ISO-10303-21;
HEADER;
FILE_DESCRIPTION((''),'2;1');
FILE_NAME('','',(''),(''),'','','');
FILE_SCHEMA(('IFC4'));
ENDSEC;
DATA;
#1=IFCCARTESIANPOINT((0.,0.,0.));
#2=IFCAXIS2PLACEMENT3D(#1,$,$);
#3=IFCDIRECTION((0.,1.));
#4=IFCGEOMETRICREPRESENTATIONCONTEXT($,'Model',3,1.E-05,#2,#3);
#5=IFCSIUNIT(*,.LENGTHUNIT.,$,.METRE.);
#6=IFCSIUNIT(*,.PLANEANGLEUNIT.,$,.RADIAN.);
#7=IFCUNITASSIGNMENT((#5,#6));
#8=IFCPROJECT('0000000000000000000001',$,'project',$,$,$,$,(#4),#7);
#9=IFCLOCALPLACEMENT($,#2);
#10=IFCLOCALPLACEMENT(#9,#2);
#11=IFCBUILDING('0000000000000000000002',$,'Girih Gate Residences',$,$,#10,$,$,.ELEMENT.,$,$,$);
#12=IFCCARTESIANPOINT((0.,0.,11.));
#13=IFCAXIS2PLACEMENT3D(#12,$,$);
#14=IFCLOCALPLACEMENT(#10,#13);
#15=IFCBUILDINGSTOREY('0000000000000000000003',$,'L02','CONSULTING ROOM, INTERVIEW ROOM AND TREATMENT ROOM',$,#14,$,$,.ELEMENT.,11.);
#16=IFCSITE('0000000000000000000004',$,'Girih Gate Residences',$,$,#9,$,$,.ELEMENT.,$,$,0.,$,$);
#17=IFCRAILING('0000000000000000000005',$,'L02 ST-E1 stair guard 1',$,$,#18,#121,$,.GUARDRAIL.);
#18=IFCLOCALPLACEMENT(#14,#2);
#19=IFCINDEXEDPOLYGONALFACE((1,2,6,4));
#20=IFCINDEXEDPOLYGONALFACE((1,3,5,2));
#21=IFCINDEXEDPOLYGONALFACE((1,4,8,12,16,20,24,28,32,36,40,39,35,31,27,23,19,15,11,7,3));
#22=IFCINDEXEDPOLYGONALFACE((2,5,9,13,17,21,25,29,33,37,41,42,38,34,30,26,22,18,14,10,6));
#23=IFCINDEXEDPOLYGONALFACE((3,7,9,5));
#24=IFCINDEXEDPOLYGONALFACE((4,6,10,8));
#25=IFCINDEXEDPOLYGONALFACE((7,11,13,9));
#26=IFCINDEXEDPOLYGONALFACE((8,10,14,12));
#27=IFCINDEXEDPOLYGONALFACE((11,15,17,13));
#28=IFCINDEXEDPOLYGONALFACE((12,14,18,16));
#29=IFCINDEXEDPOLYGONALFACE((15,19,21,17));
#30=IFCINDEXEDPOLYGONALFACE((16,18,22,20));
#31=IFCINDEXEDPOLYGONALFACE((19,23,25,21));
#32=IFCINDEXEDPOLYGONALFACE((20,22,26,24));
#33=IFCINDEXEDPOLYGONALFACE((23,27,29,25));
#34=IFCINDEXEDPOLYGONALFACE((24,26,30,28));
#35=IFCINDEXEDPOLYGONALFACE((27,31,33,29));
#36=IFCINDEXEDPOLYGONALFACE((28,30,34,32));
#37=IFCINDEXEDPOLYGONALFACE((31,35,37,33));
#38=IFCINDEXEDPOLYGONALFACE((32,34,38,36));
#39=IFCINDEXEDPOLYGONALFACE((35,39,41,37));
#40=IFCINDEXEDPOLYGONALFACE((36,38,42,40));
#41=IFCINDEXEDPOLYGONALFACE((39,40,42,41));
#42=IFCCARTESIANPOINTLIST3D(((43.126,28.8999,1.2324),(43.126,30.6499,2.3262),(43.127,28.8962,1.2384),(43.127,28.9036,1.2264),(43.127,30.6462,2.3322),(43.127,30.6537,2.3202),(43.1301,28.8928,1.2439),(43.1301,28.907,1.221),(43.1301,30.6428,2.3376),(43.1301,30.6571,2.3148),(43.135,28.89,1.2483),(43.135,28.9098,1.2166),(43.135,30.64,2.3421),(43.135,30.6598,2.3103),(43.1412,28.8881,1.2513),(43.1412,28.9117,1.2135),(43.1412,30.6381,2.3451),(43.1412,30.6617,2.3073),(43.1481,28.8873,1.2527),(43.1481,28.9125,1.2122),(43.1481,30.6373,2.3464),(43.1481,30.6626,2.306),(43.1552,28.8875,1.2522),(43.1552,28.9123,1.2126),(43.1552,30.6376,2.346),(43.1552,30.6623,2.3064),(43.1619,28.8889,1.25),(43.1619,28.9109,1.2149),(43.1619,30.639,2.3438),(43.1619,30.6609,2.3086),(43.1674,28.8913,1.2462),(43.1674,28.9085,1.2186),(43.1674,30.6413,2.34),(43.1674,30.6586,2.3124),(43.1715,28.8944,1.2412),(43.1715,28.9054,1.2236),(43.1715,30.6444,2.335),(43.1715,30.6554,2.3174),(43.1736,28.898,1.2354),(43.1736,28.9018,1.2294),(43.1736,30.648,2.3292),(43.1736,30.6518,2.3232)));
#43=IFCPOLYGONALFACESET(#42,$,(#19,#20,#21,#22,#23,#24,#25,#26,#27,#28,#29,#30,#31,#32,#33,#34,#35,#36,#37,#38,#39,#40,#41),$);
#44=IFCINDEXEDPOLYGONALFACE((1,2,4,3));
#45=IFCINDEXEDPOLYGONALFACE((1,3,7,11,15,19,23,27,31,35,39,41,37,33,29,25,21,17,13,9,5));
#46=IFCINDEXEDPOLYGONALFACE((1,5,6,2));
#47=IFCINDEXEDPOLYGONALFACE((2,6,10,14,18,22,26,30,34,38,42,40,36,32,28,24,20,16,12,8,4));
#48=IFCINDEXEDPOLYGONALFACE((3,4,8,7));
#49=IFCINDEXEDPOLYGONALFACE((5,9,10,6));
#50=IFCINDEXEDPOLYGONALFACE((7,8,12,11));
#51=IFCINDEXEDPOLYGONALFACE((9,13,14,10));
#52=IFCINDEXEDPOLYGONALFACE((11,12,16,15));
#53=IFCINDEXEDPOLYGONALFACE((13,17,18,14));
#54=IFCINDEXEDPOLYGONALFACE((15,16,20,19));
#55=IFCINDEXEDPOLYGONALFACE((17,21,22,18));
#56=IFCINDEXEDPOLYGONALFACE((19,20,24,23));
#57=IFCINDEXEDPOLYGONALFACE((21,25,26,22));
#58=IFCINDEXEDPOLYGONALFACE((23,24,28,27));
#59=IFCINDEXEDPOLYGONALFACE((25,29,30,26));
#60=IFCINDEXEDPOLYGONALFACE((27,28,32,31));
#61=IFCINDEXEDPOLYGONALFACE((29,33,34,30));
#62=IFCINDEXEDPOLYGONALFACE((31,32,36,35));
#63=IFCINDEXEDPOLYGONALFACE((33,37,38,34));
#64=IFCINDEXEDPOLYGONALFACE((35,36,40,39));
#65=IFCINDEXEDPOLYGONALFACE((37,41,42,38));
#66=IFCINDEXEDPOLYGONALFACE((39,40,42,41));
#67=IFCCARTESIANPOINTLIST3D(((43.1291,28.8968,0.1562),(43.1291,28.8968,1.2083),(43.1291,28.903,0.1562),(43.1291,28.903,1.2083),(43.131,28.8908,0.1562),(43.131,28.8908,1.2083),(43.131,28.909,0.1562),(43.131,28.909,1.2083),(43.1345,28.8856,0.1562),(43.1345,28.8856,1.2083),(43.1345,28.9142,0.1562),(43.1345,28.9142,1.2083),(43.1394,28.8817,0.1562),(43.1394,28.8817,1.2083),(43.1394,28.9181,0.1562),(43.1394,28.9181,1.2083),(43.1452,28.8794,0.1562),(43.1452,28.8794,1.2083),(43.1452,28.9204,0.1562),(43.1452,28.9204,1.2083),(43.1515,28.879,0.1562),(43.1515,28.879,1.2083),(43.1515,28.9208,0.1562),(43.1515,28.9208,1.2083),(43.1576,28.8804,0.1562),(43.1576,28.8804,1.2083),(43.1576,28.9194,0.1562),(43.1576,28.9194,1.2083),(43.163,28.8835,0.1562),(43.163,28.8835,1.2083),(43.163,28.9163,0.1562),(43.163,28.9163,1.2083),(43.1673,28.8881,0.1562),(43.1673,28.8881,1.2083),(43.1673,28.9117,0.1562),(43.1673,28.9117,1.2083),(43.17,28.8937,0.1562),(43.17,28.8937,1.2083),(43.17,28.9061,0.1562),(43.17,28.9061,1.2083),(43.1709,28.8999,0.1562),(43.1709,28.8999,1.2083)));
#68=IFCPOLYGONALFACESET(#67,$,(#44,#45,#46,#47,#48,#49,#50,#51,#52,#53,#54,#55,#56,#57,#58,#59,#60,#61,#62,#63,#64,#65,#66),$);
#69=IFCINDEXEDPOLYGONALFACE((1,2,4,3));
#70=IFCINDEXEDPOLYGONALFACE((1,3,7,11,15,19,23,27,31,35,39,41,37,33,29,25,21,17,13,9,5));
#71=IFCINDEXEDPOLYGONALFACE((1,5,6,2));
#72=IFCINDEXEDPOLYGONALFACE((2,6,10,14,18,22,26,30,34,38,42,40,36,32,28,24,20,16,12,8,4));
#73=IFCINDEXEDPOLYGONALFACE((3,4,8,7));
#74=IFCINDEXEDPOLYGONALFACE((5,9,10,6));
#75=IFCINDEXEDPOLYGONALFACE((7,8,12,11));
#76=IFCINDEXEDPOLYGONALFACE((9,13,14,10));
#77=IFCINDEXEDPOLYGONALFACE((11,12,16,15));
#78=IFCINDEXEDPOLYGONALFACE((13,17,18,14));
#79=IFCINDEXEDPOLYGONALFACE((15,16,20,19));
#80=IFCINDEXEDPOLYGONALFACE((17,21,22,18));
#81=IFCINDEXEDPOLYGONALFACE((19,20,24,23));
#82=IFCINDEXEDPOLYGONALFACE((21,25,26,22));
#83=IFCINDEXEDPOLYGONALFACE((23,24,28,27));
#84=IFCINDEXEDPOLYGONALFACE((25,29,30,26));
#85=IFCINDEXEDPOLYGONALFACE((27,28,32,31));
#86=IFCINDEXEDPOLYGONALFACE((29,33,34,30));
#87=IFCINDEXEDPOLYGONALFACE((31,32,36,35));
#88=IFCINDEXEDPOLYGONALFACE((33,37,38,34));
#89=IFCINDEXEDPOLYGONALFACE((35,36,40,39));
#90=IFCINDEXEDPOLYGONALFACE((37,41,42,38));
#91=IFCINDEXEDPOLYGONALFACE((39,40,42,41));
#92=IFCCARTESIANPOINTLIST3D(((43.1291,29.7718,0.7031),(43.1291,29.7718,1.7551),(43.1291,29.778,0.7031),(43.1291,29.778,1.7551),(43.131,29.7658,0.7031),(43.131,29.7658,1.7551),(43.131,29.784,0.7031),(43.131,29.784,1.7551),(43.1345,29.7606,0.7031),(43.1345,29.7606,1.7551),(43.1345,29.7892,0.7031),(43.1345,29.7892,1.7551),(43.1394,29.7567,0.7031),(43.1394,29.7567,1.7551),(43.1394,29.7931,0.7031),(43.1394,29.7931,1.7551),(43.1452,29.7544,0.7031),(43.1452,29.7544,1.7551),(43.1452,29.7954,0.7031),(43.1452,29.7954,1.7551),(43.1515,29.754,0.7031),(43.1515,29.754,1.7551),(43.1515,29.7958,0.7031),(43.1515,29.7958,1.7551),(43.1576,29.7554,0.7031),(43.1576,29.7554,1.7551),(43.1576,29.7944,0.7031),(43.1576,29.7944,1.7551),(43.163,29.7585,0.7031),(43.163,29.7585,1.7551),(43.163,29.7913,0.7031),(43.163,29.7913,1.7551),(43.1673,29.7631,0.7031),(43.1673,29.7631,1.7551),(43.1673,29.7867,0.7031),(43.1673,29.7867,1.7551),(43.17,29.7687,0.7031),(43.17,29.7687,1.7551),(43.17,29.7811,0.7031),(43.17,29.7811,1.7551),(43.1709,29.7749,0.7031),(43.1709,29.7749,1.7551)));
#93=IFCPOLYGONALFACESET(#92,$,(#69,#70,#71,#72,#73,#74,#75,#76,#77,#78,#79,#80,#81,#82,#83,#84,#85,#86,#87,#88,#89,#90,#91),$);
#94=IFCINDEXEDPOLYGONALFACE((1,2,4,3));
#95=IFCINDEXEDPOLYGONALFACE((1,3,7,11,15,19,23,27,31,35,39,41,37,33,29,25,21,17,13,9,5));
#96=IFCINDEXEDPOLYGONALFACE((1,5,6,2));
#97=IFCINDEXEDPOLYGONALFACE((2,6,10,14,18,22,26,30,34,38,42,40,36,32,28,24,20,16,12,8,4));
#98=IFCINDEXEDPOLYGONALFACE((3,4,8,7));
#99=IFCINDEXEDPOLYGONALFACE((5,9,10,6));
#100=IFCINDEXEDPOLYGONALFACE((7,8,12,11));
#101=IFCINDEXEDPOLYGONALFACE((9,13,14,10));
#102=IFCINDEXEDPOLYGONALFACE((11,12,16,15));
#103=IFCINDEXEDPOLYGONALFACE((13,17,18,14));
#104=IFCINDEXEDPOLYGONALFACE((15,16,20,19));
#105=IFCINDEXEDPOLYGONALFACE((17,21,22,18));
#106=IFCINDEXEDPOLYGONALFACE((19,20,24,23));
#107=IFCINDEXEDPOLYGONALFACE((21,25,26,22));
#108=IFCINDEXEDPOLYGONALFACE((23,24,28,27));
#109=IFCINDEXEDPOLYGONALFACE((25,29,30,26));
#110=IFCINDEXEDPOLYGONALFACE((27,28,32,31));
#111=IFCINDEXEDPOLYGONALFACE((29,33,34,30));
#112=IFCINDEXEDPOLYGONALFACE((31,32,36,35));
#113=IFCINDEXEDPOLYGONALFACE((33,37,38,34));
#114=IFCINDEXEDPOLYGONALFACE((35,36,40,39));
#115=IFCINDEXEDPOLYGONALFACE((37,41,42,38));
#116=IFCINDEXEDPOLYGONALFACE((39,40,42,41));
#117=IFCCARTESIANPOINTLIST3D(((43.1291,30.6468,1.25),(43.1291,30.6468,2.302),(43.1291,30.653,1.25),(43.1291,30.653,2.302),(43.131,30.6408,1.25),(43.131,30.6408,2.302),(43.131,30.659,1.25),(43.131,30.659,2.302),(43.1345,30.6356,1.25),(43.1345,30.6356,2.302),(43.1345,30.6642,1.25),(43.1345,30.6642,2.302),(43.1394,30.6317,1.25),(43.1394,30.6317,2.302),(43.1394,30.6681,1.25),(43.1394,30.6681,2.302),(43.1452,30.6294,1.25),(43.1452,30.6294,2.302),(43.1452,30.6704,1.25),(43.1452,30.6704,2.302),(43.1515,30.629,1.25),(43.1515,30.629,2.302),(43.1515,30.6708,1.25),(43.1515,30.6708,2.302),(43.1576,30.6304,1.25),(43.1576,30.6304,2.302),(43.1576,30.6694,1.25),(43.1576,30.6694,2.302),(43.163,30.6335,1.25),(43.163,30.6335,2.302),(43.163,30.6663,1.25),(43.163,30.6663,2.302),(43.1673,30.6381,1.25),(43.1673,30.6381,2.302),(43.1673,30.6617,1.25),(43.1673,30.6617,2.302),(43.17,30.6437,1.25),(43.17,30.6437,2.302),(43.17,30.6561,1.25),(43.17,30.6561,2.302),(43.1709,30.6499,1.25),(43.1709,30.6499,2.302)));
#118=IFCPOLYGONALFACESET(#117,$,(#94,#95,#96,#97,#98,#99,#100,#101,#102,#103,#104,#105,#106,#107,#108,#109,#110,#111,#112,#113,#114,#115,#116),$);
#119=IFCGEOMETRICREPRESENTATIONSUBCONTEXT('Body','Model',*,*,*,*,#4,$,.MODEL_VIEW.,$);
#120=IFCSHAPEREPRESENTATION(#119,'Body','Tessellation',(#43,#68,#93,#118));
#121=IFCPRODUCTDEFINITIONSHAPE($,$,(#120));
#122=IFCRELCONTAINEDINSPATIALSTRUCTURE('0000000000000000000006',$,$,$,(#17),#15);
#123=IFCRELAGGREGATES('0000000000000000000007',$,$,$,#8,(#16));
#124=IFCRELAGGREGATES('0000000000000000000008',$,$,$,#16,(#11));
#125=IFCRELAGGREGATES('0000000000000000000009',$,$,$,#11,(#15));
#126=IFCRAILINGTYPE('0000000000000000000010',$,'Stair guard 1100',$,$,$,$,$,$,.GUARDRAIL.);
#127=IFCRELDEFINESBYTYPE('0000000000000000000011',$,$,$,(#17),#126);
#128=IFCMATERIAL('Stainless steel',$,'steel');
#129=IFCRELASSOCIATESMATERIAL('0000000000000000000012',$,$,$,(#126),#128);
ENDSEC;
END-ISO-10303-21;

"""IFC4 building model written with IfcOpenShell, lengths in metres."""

from ifc_helpers import new_model, si_unit, direction, frame, origin, origin_2d, place, context, subcontext, project, spatial, circle, extrude, material, type_object, element, save


model = new_model("IFC4")

# Units and contexts
model_context = context("Model", 3, precision=1e-05, world=origin(), true_north=direction((0.0, 1.0)))
body_context = subcontext(model_context, "Body", "Model", "MODEL_VIEW")
ifc_project = project(units=[si_unit("LENGTHUNIT", "METRE"), si_unit("PLANEANGLEUNIT", "RADIAN")], contexts=[model_context])

# Site, building, storey
site_placement = place(None, origin())
site = spatial("IfcSite", under=ifc_project, at=site_placement, Name="Girih Gate Residences", CompositionType="ELEMENT", RefElevation=0.0)
building_placement = place(site_placement, origin())
building = spatial("IfcBuilding", under=site, at=building_placement, Name="Girih Gate Residences", CompositionType="ELEMENT")
storey_placement = place(building_placement, frame((0.0, 0.0, 11.0)))
storey = spatial("IfcBuildingStorey", under=building, at=storey_placement, Name="L02", Description="CONSULTING ROOM, INTERVIEW ROOM AND TREATMENT ROOM", CompositionType="ELEMENT", Elevation=11.0)

# Railing
ifc_material_1 = material(Name="Stainless steel", Category="steel")
railing_type_1 = type_object("IfcRailingType", Name="Stair guard 1100", PredefinedType="GUARDRAIL", material=ifc_material_1)
railing_1_placement = place(storey_placement, frame((43.1499, 28.8999, 0.1562)))
element("IfcRailing", 1, at=railing_1_placement, inside=storey, type_object=railing_type_1, Name="L02 ST-E1 stair guard 1", PredefinedType="GUARDRAIL", context=body_context, shape_type="SweptSolid", body=[
    extrude(circle(Radius=0.0239, at=origin_2d()), frame((0.0, 0.0, 1.0762), z_axis=(0.0, 0.847998, 0.529999), x_axis=(-1.0, 0.0, 0.0)), (0.0, 0.0, 1.0), 2.0637),
    extrude(circle(Radius=0.021, at=origin_2d()), origin(), (0.0, 0.0, 1.0), 1.052),
    extrude(circle(Radius=0.021, at=origin_2d()), frame((0.0, 0.875, 0.5469)), (0.0, 0.0, 1.0), 1.052),
    extrude(circle(Radius=0.021, at=origin_2d()), frame((0.0, 1.75, 1.0938)), (0.0, 0.0, 1.0), 1.052),
])

save(model, "model.ifc")
